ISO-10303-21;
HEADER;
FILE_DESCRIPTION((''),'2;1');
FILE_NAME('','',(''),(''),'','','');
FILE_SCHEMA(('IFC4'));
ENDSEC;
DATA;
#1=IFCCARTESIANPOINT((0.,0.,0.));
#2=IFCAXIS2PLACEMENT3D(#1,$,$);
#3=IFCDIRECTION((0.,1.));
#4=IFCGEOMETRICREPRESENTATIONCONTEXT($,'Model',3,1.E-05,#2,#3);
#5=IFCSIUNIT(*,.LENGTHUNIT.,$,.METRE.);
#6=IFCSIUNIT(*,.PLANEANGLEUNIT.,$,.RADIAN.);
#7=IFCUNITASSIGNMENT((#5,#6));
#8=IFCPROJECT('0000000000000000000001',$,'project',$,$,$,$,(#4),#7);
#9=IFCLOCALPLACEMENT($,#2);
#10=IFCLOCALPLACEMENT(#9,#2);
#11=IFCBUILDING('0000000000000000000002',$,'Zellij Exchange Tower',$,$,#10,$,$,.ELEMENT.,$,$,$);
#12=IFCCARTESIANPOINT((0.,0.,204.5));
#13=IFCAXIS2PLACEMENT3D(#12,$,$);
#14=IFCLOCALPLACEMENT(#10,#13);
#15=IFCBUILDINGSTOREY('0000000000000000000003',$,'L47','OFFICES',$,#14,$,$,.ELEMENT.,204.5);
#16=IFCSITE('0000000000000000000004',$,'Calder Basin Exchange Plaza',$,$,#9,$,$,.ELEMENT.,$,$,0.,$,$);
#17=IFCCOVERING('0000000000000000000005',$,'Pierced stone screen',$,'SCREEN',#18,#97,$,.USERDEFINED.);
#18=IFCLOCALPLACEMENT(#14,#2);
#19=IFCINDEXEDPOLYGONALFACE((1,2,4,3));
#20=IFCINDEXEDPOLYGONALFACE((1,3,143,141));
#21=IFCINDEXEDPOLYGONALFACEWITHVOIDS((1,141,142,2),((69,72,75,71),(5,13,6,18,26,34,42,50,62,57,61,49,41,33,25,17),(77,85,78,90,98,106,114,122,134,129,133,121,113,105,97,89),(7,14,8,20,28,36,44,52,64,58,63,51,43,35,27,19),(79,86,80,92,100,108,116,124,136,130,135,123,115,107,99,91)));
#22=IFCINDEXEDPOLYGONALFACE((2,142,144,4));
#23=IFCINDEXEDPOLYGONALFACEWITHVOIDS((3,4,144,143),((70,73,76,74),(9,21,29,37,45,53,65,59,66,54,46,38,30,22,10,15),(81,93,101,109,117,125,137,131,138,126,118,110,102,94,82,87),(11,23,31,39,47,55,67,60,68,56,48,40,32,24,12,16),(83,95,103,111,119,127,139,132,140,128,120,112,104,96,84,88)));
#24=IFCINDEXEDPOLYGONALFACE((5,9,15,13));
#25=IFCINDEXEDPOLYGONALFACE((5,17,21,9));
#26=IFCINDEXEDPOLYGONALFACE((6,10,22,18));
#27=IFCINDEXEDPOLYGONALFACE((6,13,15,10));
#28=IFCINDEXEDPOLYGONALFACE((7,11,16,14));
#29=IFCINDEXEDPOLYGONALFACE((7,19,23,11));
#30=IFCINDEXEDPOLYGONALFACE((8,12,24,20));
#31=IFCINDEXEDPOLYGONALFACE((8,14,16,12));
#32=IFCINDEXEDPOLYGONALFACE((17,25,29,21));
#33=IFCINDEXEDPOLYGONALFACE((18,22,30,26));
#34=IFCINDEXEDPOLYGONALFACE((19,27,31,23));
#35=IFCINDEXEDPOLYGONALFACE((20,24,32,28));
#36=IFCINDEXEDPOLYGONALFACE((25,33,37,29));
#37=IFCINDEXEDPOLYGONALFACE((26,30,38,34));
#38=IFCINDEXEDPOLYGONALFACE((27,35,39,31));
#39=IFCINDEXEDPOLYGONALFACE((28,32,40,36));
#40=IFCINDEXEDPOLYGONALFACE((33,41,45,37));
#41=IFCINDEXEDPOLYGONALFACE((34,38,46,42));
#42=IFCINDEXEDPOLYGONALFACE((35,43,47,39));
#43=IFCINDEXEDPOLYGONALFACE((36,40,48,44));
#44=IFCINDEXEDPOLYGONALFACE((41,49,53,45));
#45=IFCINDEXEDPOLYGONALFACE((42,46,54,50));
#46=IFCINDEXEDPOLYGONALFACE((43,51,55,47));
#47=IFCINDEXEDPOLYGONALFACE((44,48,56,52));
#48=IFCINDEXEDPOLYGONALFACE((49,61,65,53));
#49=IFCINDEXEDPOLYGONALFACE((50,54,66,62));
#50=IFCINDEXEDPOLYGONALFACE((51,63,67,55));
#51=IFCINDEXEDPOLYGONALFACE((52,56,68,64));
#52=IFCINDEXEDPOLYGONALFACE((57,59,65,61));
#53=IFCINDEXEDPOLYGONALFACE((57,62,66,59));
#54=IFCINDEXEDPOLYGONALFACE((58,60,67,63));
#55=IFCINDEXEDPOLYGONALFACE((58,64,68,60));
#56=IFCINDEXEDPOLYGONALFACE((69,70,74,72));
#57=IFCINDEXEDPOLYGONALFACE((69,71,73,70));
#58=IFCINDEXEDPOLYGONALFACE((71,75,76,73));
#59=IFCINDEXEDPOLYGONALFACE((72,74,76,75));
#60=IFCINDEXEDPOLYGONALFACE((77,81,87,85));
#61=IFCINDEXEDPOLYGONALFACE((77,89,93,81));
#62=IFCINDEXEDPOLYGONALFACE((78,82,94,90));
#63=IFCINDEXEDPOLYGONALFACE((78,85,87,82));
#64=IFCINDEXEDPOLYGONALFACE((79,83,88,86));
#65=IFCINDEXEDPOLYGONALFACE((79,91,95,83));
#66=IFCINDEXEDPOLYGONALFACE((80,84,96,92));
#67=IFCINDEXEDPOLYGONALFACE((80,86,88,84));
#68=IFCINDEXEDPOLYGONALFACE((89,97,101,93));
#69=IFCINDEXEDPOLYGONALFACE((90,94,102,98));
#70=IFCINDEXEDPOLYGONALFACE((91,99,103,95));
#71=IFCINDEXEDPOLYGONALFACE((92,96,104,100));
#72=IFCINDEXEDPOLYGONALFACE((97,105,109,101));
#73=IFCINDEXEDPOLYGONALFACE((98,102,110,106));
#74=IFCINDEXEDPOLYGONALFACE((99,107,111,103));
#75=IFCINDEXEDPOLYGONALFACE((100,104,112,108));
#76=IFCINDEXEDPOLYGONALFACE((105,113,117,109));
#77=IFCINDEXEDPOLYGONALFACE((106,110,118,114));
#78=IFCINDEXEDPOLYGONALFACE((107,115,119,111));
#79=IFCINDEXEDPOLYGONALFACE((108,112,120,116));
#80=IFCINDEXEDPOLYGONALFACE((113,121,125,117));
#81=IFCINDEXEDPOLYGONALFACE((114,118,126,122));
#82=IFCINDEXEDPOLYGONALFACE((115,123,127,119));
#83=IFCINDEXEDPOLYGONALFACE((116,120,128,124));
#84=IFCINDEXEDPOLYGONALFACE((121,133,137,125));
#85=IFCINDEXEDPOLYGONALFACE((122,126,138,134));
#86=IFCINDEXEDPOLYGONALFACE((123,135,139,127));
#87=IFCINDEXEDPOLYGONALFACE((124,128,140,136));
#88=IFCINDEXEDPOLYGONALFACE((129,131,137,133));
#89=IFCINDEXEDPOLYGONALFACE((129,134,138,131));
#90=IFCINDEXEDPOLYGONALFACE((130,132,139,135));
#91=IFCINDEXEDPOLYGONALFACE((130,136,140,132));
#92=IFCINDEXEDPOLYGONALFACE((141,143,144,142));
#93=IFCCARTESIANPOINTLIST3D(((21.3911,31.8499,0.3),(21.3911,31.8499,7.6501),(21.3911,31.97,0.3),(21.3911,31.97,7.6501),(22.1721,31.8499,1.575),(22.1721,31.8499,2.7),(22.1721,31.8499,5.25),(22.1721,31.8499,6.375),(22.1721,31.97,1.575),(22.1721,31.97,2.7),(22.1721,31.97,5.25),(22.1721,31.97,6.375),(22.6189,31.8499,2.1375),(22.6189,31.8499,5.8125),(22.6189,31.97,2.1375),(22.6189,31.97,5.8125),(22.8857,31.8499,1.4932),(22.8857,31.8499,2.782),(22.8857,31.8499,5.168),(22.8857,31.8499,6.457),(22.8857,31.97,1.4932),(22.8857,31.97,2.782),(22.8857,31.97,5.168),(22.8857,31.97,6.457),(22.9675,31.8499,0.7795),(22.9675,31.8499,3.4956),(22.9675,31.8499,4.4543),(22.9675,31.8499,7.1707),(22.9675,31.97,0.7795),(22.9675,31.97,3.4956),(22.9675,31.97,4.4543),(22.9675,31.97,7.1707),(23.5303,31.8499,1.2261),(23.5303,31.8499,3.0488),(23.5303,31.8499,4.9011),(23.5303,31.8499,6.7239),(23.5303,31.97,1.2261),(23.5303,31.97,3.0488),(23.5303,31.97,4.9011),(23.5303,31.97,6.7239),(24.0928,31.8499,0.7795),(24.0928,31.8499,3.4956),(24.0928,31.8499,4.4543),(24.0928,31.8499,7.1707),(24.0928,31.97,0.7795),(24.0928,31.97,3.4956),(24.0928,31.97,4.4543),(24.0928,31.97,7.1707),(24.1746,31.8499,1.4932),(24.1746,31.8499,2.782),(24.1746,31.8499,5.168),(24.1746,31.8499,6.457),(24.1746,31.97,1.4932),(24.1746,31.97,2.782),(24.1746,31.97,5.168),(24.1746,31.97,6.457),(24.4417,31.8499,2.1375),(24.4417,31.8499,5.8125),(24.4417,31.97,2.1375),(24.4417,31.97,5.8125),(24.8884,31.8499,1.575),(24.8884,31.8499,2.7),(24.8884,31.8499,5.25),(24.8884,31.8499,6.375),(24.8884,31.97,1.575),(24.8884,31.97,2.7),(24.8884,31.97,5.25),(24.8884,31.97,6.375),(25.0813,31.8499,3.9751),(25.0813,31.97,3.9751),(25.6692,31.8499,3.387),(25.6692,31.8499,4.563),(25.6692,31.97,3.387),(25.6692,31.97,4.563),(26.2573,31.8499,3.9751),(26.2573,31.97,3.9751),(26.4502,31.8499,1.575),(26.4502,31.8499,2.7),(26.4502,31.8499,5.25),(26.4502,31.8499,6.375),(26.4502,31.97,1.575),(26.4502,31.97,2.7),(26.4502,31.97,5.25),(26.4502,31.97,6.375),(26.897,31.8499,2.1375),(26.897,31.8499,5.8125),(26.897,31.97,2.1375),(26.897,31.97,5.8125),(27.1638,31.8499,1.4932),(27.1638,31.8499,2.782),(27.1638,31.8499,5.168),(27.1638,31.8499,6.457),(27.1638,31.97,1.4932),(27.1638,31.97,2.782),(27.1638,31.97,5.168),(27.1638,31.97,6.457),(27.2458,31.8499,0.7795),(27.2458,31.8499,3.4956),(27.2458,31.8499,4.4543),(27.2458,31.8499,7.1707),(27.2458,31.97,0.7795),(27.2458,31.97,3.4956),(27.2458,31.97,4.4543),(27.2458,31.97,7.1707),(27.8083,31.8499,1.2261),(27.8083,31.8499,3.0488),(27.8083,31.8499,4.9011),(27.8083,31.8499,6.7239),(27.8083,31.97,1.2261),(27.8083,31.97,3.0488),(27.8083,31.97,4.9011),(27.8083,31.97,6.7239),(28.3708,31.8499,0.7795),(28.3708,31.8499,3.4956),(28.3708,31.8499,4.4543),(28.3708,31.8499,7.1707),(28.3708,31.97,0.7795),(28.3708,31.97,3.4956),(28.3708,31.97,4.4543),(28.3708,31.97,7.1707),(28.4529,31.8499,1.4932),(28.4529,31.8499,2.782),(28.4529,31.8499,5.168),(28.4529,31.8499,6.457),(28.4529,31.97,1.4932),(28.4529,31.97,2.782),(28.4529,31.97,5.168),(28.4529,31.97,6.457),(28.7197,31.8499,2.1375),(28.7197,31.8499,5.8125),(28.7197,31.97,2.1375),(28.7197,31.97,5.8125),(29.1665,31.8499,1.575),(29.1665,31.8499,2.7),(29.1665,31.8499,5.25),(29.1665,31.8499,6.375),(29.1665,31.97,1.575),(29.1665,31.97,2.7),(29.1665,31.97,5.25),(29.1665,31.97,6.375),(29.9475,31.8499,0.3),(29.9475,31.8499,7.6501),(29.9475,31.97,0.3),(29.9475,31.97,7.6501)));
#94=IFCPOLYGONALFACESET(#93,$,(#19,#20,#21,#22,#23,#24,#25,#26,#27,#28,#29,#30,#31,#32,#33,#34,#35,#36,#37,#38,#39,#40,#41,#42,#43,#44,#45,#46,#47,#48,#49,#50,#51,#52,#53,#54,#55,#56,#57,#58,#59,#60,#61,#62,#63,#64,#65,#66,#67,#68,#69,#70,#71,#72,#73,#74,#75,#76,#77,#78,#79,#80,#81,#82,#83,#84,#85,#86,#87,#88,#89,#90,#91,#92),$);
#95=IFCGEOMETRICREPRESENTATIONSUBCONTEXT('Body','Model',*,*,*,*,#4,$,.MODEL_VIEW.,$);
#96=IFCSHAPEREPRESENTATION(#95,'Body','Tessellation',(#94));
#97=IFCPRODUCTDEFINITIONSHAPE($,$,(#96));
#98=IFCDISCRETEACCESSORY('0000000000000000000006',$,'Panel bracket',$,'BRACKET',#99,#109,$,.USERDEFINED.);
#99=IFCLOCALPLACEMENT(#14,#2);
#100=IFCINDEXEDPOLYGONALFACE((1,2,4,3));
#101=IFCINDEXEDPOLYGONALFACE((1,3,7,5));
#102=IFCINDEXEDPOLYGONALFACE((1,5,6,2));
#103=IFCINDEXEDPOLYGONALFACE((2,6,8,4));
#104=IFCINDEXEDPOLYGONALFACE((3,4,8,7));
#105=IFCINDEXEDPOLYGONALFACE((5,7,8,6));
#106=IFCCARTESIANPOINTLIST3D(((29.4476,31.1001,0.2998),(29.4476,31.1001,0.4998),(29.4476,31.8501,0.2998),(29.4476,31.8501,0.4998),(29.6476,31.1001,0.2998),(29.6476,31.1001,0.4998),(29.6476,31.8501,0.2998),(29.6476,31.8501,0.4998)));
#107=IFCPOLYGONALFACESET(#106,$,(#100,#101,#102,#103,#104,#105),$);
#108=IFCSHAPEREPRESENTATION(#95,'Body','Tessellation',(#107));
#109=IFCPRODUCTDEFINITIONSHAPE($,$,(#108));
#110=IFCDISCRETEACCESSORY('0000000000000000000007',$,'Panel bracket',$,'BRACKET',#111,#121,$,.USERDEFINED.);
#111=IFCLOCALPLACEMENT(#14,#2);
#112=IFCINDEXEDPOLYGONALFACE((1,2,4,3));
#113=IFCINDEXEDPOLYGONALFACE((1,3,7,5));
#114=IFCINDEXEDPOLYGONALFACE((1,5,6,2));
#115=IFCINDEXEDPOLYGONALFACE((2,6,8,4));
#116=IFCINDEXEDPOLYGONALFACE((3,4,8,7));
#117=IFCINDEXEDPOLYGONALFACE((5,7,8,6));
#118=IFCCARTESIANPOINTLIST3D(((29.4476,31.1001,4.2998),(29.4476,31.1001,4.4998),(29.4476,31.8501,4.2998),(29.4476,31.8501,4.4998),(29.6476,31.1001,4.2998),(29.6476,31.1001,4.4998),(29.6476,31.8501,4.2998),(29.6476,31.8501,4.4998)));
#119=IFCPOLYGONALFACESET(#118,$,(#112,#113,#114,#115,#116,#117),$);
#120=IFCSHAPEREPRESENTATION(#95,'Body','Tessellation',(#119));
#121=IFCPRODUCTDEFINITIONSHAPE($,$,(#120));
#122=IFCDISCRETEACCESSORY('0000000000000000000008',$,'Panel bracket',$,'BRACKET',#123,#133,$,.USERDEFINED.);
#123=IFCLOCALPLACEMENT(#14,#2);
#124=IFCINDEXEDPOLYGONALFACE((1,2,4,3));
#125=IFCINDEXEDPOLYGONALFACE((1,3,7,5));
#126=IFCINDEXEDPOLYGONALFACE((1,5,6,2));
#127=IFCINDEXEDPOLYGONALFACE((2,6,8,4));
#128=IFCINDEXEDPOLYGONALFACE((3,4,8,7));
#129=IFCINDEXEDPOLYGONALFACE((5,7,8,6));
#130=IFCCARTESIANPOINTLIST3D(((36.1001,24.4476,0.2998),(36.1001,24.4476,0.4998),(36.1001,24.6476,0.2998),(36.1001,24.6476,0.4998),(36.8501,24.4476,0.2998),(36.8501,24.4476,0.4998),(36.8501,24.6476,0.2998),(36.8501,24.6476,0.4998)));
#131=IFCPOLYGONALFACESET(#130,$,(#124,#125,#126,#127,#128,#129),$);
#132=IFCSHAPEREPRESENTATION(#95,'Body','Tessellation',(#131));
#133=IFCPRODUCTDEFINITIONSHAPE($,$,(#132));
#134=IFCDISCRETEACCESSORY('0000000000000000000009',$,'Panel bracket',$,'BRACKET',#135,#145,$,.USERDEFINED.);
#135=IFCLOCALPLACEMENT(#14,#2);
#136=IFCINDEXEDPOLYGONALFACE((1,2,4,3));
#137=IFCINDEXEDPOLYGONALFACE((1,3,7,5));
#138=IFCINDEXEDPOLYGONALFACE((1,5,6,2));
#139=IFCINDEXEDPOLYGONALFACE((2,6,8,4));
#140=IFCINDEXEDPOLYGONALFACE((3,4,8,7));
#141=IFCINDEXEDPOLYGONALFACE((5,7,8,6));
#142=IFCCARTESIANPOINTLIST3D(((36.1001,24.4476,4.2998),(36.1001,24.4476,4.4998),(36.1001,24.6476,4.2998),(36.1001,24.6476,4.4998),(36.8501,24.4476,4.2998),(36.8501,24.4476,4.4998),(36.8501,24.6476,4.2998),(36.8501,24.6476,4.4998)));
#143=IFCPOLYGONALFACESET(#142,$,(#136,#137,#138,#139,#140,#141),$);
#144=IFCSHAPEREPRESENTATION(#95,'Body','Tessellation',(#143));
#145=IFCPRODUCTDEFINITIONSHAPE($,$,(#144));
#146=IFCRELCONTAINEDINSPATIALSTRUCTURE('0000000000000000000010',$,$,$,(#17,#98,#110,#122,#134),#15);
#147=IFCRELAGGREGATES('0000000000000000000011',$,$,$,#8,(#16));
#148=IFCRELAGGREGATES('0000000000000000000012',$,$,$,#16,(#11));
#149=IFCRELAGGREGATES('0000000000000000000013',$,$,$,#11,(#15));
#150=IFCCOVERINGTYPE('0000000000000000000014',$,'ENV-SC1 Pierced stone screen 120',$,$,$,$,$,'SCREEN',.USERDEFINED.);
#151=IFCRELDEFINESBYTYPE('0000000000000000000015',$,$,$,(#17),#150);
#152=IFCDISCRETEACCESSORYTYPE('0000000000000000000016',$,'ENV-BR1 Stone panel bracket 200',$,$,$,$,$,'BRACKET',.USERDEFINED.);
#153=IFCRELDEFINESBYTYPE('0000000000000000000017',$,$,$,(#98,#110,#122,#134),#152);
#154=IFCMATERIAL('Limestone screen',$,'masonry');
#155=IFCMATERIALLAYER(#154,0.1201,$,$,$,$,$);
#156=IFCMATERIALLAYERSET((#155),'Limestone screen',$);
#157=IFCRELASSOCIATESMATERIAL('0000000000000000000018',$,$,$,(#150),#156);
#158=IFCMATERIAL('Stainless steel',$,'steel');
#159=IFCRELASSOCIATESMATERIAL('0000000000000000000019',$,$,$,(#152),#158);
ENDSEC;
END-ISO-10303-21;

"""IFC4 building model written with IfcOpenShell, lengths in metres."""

from ifc_helpers import new_model, si_unit, direction, frame, origin, origin_2d, place, context, subcontext, project, spatial, polyline, rectangle, outline, extrude, material, layer, layer_set, type_object, element, save


model = new_model("IFC4")

# Units and contexts
model_context = context("Model", 3, precision=1e-05, world=origin(), true_north=direction((0.0, 1.0)))
body_context = subcontext(model_context, "Body", "Model", "MODEL_VIEW")
ifc_project = project(units=[si_unit("LENGTHUNIT", "METRE"), si_unit("PLANEANGLEUNIT", "RADIAN")], contexts=[model_context])

# Site, building, storey
site_placement = place(None, origin())
site = spatial("IfcSite", under=ifc_project, at=site_placement, Name="Calder Basin Exchange Plaza", CompositionType="ELEMENT", RefElevation=0.0)
building_placement = place(site_placement, origin())
building = spatial("IfcBuilding", under=site, at=building_placement, Name="Zellij Exchange Tower", CompositionType="ELEMENT")
storey_placement = place(building_placement, frame((0.0, 0.0, 204.5)))
storey = spatial("IfcBuildingStorey", under=building, at=storey_placement, Name="L47", Description="OFFICES", CompositionType="ELEMENT", Elevation=204.5)

# Covering
ifc_material_1 = material(Name="Limestone screen", Category="masonry")
ifc_layer_1 = layer(ifc_material_1, 0.1201)
ifc_layer_set_1 = layer_set([ifc_layer_1], Name="Limestone screen")
covering_type = type_object("IfcCoveringType", Name="ENV-SC1 Pierced stone screen 120", ElementType="SCREEN", PredefinedType="USERDEFINED", material=ifc_layer_set_1)
covering_placement = place(storey_placement, frame((29.9475, 31.9099, 0.3), z_axis=(0.0, 0.0, 1.0), x_axis=(-1.0, 0.0, 0.0)))
element("IfcCovering", 1, at=covering_placement, inside=storey, type_object=covering_type, Name="Pierced stone screen", ObjectType="SCREEN", PredefinedType="USERDEFINED", context=body_context, shape_type="SweptSolid", body=[
    extrude(outline(polyline([(0.0, 0.0), (8.5564, 0.0), (8.5564, 7.3501), (0.0, 7.3501), (0.0, 0.0)]), holes=[polyline([(3.4973, 2.3999), (2.7837, 2.4819), (2.7017, 3.1956), (2.1392, 2.7488), (1.5767, 3.1956), (1.4946, 2.4819), (0.781, 2.3999), (1.2278, 1.8374), (0.781, 1.2749), (1.4946, 1.1931), (1.5767, 0.4795), (2.1392, 0.926), (2.7017, 0.4795), (2.7837, 1.1931), (3.4973, 1.2749), (3.0505, 1.8374), (3.4973, 2.3999)]), polyline([(3.4973, 6.075), (2.7837, 6.157), (2.7017, 6.8706), (2.1392, 6.4238), (1.5767, 6.8706), (1.4946, 6.157), (0.781, 6.075), (1.2278, 5.5125), (0.781, 4.95), (1.4946, 4.8679), (1.5767, 4.1543), (2.1392, 4.6011), (2.7017, 4.1543), (2.7837, 4.8679), (3.4973, 4.95), (3.0505, 5.5125), (3.4973, 6.075)]), polyline([(7.7754, 2.3999), (7.0618, 2.4819), (6.98, 3.1956), (6.4172, 2.7488), (5.8547, 3.1956), (5.7729, 2.4819), (5.0591, 2.3999), (5.5059, 1.8374), (5.0591, 1.2749), (5.7729, 1.1931), (5.8547, 0.4795), (6.4172, 0.926), (6.98, 0.4795), (7.0618, 1.1931), (7.7754, 1.2749), (7.3286, 1.8374), (7.7754, 2.3999)]), polyline([(7.7754, 6.075), (7.0618, 6.157), (6.98, 6.8706), (6.4172, 6.4238), (5.8547, 6.8706), (5.7729, 6.157), (5.0591, 6.075), (5.5059, 5.5125), (5.0591, 4.95), (5.7729, 4.8679), (5.8547, 4.1543), (6.4172, 4.6011), (6.98, 4.1543), (7.0618, 4.8679), (7.7754, 4.95), (7.3286, 5.5125), (7.7754, 6.075)]), polyline([(4.8662, 3.675), (4.2783, 4.2629), (3.6902, 3.675), (4.2783, 3.0869), (4.8662, 3.675)])]), frame((0.0, 0.0601, 0.0), z_axis=(0.0, -1.0, 0.0), x_axis=(1.0, 0.0, 0.0)), (0.0, 0.0, 1.0), 0.1201),
])

# Discrete accessories
ifc_material_2 = material(Name="Stainless steel", Category="steel")
discrete_accessory_type = type_object("IfcDiscreteAccessoryType", Name="ENV-BR1 Stone panel bracket 200", ElementType="BRACKET", PredefinedType="USERDEFINED", material=ifc_material_2)
for number, where, z_axis, x_axis, name in (
    (2, (29.5476, 31.4751, 0.2998), (0.0, 0.0, 1.0), (-1.0, 0.0, 0.0), "Panel bracket"),
    (3, (29.5476, 31.4751, 4.2998), (0.0, 0.0, 1.0), (-1.0, 0.0, 0.0), "Panel bracket"),
    (4, (36.4751, 24.5476, 0.2998), (0.0, 0.0, 1.0), (0.0, 1.0, 0.0), "Panel bracket"),
    (5, (36.4751, 24.5476, 4.2998), (0.0, 0.0, 1.0), (0.0, 1.0, 0.0), "Panel bracket"),
):
    element("IfcDiscreteAccessory", number, at=place(storey_placement, frame(where, z_axis=z_axis, x_axis=x_axis)), inside=storey, type_object=discrete_accessory_type, Name=name, ObjectType="BRACKET", PredefinedType="USERDEFINED", context=body_context, shape_type="SweptSolid", body=[
        extrude(rectangle(XDim=0.2, YDim=0.75, at=origin_2d()), origin(), (0.0, 0.0, 1.0), 0.2),
    ])

save(model, "model.ifc")
